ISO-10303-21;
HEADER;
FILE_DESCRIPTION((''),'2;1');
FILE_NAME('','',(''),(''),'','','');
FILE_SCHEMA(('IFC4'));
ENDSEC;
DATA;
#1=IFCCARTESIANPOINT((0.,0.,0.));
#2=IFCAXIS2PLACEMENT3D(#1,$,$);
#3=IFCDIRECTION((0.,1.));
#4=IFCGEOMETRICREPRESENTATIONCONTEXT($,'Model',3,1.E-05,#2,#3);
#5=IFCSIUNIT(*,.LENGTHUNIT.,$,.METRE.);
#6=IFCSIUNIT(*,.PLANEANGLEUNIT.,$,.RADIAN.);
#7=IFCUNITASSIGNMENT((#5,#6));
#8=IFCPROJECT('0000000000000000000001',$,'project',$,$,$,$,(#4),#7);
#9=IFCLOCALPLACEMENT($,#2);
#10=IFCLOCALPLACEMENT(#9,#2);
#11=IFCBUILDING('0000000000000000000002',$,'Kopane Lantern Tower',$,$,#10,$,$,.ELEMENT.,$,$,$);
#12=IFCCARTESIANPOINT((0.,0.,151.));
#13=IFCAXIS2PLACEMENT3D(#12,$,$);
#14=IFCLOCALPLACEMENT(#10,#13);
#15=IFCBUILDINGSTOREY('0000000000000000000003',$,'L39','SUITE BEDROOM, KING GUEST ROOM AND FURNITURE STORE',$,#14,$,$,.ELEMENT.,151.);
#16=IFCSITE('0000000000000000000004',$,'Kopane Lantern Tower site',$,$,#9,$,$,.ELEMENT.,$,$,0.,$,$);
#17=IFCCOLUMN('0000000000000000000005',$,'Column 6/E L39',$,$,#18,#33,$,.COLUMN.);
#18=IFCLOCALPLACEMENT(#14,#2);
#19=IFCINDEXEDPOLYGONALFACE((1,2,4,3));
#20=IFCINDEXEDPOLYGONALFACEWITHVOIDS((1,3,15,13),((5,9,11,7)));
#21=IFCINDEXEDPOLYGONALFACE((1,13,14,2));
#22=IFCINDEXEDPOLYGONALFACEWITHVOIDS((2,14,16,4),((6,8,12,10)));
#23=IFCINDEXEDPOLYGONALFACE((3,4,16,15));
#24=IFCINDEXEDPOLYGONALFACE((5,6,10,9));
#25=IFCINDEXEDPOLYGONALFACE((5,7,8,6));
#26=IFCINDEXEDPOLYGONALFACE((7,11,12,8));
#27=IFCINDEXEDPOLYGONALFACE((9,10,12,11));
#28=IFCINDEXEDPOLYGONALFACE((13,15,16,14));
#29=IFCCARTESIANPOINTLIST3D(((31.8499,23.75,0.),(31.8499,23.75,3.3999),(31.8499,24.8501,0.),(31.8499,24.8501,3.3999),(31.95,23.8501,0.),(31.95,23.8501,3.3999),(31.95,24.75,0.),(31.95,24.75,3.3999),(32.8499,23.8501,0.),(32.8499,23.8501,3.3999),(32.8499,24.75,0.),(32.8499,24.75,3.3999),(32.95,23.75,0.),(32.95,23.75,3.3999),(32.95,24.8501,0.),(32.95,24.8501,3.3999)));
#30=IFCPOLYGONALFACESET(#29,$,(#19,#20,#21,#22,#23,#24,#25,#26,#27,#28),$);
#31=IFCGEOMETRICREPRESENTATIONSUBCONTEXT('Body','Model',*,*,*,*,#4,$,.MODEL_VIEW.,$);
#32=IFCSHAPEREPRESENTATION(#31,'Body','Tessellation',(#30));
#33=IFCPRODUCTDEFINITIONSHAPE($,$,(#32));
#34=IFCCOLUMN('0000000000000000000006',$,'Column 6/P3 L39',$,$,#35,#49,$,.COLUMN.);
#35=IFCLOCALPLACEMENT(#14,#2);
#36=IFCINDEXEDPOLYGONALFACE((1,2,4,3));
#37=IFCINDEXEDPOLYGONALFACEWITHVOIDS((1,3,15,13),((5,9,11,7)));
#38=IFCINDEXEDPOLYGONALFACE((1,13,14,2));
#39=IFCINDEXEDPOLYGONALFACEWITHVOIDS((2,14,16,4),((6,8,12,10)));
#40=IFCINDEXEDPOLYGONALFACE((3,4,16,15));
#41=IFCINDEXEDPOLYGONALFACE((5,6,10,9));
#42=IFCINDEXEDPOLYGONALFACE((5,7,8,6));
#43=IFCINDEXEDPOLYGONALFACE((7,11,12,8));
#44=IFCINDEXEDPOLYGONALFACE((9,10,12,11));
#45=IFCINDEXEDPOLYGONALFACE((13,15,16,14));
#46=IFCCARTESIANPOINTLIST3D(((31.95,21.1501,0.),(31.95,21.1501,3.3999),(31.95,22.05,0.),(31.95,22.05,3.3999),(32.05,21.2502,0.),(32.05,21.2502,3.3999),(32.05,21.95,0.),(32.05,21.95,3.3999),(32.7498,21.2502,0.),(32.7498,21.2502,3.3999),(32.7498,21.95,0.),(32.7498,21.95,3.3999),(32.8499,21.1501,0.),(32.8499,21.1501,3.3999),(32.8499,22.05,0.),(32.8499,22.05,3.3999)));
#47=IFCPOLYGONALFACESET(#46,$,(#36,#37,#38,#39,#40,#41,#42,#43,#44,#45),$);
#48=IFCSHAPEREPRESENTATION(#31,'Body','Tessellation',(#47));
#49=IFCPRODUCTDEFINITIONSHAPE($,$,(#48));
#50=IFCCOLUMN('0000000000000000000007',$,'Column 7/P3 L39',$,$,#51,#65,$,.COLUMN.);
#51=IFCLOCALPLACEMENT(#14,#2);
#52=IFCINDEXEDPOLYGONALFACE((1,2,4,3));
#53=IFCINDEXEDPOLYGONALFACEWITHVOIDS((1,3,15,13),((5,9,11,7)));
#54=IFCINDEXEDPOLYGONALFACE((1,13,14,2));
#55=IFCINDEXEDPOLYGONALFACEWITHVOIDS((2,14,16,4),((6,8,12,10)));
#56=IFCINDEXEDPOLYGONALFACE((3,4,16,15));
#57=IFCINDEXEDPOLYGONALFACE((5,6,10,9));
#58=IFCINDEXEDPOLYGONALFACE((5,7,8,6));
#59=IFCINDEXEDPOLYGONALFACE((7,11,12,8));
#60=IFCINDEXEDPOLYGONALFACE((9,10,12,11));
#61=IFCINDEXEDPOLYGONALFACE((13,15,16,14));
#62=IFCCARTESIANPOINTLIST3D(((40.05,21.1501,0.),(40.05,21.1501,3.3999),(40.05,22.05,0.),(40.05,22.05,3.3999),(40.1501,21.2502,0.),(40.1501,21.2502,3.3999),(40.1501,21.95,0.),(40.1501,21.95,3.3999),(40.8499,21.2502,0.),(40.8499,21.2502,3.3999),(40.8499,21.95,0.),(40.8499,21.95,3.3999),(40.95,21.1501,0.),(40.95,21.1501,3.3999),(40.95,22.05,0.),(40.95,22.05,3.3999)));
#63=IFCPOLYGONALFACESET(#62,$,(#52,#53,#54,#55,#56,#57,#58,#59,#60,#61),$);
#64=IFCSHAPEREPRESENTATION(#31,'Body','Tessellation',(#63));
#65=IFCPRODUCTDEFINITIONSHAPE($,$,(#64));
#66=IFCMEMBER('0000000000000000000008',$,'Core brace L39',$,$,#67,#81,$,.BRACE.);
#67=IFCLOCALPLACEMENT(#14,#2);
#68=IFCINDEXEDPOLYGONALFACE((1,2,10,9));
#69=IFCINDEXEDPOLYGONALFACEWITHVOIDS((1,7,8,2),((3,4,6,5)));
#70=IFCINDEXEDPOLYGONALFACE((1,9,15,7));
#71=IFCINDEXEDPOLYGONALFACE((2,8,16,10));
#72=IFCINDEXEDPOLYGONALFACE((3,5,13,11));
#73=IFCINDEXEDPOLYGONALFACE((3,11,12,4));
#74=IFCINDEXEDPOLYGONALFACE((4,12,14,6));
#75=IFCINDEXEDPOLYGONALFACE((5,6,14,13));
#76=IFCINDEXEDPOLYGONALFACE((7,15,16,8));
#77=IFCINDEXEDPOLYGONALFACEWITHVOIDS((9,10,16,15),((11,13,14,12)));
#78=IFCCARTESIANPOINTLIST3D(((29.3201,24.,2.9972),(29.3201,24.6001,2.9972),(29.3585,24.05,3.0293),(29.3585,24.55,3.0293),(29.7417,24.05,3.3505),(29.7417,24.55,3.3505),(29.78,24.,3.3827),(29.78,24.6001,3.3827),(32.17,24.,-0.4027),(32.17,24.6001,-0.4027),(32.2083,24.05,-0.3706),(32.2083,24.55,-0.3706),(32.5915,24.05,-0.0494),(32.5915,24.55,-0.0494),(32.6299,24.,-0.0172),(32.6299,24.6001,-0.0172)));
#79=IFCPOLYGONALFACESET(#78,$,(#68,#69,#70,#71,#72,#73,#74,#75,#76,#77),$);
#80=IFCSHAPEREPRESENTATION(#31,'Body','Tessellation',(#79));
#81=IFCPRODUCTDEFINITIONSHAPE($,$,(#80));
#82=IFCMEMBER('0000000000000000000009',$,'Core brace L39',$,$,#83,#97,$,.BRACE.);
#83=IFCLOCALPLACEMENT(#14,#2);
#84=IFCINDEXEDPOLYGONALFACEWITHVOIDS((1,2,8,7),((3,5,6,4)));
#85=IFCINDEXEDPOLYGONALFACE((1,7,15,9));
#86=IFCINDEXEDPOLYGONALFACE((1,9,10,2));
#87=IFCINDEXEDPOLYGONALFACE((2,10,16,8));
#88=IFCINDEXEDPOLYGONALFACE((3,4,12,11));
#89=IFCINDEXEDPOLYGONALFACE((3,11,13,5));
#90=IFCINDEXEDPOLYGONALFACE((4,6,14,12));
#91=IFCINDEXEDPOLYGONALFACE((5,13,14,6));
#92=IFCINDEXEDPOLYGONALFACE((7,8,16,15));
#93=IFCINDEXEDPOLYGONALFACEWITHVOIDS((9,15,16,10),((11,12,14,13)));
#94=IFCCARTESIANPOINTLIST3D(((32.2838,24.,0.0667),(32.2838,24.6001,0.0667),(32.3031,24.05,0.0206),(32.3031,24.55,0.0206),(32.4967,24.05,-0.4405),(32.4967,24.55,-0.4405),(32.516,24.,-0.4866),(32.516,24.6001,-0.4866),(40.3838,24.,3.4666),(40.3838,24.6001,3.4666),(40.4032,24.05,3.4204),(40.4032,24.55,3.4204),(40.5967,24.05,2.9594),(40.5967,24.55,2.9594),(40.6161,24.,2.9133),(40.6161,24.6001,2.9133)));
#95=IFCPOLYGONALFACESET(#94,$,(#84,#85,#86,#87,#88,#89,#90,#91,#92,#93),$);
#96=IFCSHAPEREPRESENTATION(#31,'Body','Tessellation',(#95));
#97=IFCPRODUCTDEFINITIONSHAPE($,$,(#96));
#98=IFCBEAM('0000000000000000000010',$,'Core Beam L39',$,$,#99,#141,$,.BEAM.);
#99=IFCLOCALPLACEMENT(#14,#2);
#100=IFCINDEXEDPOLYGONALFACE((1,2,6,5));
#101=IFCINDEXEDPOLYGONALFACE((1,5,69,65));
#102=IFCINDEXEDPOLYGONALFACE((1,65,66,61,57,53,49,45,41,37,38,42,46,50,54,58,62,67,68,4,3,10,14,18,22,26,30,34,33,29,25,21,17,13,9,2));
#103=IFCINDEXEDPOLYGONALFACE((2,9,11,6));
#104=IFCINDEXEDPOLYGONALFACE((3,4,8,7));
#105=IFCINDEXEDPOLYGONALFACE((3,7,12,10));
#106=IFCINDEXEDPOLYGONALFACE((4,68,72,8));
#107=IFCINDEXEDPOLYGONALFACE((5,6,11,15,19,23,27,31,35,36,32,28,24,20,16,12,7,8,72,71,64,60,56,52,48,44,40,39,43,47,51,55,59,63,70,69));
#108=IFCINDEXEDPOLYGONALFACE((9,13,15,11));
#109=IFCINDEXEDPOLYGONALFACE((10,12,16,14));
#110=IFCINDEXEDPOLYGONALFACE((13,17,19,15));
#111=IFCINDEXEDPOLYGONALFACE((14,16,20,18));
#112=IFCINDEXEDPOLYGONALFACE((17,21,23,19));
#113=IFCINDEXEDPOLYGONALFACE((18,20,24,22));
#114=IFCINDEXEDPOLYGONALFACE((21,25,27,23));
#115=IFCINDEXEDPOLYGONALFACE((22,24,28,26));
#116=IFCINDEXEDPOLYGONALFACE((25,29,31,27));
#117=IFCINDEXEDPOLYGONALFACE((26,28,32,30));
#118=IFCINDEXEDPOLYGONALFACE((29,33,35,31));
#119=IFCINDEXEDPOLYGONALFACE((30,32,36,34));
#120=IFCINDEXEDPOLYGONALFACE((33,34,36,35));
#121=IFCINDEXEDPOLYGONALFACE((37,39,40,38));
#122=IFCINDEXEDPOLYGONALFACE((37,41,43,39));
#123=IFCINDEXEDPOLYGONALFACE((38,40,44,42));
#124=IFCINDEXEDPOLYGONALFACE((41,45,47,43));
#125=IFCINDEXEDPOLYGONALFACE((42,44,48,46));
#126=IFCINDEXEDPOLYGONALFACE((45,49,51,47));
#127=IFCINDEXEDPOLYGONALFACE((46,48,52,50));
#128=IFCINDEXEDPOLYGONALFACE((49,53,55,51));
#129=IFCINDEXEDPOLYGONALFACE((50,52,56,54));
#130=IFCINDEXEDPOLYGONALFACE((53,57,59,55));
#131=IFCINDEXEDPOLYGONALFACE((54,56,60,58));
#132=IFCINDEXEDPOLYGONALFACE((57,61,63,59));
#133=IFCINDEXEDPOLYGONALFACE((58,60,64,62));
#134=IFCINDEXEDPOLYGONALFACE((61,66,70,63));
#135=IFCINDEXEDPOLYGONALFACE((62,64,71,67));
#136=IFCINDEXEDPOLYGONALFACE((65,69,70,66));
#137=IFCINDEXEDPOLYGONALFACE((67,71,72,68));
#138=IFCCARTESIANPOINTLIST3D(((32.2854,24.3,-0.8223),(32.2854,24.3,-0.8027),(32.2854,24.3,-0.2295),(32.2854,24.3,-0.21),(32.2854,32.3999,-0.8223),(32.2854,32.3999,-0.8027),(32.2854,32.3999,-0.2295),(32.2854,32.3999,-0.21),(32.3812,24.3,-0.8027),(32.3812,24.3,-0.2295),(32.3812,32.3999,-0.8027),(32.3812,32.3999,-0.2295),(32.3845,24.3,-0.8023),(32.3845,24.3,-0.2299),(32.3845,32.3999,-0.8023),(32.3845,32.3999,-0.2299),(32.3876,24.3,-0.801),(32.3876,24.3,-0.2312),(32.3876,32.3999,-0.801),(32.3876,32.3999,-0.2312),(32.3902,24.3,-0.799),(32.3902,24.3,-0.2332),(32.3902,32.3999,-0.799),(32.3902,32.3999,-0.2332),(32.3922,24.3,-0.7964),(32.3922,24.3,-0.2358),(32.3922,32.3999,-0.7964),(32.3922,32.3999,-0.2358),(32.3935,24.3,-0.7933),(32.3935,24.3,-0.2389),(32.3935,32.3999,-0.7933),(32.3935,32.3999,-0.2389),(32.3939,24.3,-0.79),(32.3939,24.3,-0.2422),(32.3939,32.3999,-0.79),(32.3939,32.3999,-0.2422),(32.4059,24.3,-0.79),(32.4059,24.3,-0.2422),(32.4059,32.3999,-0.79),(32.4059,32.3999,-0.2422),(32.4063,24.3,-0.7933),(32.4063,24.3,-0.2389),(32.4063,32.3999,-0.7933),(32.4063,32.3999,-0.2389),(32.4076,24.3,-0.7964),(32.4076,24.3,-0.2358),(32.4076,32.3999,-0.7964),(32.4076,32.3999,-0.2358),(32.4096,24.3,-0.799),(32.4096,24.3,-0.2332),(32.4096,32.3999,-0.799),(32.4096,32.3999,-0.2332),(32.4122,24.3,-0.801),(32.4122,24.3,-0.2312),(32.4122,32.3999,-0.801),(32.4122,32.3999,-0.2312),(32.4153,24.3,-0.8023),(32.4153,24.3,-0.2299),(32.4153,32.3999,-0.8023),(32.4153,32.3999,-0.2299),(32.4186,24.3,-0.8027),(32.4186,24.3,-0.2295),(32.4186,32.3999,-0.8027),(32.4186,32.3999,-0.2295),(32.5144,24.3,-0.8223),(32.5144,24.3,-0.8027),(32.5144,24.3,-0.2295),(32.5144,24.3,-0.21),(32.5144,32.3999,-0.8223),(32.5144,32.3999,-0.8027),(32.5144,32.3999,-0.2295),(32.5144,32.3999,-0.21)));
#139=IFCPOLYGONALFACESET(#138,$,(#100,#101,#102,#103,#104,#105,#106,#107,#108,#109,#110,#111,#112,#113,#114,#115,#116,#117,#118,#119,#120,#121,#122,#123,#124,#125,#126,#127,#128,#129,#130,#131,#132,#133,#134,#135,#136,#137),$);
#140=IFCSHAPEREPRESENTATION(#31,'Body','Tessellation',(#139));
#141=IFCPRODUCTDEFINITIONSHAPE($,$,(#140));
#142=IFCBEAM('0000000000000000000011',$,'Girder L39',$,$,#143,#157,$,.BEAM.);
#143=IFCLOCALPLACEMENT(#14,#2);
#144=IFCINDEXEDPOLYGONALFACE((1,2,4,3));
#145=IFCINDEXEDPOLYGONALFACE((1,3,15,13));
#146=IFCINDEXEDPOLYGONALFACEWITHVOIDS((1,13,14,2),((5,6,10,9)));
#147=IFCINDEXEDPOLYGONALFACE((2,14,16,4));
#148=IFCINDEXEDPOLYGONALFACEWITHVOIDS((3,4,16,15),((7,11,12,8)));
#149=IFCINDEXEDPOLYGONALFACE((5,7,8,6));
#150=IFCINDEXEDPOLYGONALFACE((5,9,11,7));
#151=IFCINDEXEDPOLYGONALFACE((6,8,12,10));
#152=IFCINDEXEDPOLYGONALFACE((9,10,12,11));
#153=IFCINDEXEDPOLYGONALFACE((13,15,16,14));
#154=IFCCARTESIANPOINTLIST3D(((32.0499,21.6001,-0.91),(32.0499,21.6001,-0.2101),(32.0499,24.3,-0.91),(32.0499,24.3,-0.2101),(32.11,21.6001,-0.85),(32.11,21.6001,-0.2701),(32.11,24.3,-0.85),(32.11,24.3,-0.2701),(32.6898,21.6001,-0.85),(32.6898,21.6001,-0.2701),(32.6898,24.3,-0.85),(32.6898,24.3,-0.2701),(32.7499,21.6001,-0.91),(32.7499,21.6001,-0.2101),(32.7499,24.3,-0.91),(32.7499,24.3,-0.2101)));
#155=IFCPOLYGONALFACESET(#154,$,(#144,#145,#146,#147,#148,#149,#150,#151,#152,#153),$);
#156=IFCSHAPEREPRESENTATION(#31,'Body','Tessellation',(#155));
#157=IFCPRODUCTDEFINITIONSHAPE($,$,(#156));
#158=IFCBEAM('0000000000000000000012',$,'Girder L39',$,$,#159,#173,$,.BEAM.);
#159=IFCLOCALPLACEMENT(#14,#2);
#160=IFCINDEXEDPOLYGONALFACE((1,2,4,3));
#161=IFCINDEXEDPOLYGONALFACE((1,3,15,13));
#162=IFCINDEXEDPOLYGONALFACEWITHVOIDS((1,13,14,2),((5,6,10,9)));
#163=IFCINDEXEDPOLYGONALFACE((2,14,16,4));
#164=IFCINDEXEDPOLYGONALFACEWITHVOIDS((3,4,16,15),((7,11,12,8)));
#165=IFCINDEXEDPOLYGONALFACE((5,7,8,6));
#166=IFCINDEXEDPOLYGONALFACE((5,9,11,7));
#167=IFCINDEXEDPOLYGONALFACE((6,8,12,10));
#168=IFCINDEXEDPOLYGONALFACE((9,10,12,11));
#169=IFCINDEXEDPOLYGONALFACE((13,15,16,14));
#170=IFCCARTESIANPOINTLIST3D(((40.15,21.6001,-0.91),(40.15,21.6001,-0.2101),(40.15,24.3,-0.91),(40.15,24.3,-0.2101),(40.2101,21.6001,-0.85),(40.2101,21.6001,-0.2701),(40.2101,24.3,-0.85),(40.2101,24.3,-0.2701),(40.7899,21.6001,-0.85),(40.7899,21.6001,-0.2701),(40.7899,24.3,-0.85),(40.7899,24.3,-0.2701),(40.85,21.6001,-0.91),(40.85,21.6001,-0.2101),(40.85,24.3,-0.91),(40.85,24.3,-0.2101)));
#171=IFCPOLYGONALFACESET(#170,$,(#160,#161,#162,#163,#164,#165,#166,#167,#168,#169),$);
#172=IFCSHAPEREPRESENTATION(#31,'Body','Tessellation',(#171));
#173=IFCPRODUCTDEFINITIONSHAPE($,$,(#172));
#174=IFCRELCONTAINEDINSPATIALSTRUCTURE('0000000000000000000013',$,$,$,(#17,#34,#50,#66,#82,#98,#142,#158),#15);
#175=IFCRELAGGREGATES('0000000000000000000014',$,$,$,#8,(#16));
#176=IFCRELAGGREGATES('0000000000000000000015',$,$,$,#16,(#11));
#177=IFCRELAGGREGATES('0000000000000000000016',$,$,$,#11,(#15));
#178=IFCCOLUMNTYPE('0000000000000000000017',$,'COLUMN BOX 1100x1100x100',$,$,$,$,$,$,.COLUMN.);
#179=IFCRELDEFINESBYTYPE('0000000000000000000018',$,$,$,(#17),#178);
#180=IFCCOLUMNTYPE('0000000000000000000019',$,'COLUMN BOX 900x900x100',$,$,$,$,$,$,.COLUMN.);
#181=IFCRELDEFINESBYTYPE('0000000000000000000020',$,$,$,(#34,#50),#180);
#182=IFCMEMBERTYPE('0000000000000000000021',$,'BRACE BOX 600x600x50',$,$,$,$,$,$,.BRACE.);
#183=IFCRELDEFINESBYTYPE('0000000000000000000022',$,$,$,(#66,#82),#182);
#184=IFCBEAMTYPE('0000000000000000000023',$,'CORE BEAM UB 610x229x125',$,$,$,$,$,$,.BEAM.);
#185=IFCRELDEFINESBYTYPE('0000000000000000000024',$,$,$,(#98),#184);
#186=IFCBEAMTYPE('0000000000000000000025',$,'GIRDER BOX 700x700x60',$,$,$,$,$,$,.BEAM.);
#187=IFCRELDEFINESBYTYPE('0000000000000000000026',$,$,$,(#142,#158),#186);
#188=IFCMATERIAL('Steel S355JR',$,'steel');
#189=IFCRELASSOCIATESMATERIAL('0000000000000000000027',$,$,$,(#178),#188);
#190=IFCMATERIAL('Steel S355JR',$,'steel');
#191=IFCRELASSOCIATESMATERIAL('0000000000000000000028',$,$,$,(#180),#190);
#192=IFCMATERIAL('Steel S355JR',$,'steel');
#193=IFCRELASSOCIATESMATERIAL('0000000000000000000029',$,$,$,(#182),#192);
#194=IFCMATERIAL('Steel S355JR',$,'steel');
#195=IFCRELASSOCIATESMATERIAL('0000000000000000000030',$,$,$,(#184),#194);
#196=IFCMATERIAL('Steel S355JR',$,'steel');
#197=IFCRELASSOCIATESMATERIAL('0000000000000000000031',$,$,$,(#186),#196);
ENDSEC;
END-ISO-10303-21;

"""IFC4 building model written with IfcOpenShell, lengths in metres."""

from ifc_helpers import new_model, si_unit, direction, frame, origin, origin_2d, place, context, subcontext, project, spatial, hollow_rectangle, i_section, extrude, material, material_profile, profile_set, type_object, element, save


model = new_model("IFC4")

# Units and contexts
model_context = context("Model", 3, precision=1e-05, world=origin(), true_north=direction((0.0, 1.0)))
body_context = subcontext(model_context, "Body", "Model", "MODEL_VIEW")
ifc_project = project(units=[si_unit("LENGTHUNIT", "METRE"), si_unit("PLANEANGLEUNIT", "RADIAN")], contexts=[model_context])

# Site, building, storey
site_placement = place(None, origin())
site = spatial("IfcSite", under=ifc_project, at=site_placement, Name="Kopane Lantern Tower site", CompositionType="ELEMENT", RefElevation=0.0)
building_placement = place(site_placement, origin())
building = spatial("IfcBuilding", under=site, at=building_placement, Name="Kopane Lantern Tower", CompositionType="ELEMENT")
storey_placement = place(building_placement, frame((0.0, 0.0, 151.0)))
storey = spatial("IfcBuildingStorey", under=building, at=storey_placement, Name="L39", Description="SUITE BEDROOM, KING GUEST ROOM AND FURNITURE STORE", CompositionType="ELEMENT", Elevation=151.0)

# Columns
ifc_material_1 = material(Name="Steel S355JR", Category="steel")
ifc_material_profile_1 = material_profile(ifc_material_1, hollow_rectangle(XDim=1.1001, YDim=1.1001, WallThickness=0.1001, at=origin_2d()), Name="BOX 1100x1100x100")
ifc_profile_set_1 = profile_set([ifc_material_profile_1], Name="Steel S355JR")
column_type_1 = type_object("IfcColumnType", Name="COLUMN BOX 1100x1100x100", PredefinedType="COLUMN", material=ifc_profile_set_1)
column_placement = place(storey_placement, frame((32.3999, 24.3, 0.0), z_axis=(0.0, 0.0, 1.0), x_axis=(1.0, 0.0, 0.0)))
element("IfcColumn", 1, at=column_placement, inside=storey, type_object=column_type_1, Name="Column 6/E L39", PredefinedType="COLUMN", context=body_context, shape_type="SweptSolid", body=[
    extrude(hollow_rectangle(XDim=1.1001, YDim=1.1001, WallThickness=0.1001, at=origin_2d()), origin(), (0.0, 0.0, 1.0), 3.3999),
])
ifc_material_2 = material(Name="Steel S355JR", Category="steel")
ifc_material_profile_2 = material_profile(ifc_material_2, hollow_rectangle(XDim=0.8999, YDim=0.8999, WallThickness=0.1001, at=origin_2d()), Name="BOX 900x900x100")
ifc_profile_set_2 = profile_set([ifc_material_profile_2], Name="Steel S355JR")
column_type_2 = type_object("IfcColumnType", Name="COLUMN BOX 900x900x100", PredefinedType="COLUMN", material=ifc_profile_set_2)
for number, where, z_axis, x_axis, name in (
    (2, (32.3999, 21.6001, 0.0), (0.0, 0.0, 1.0), (1.0, 0.0, 0.0), "Column 6/P3 L39"),
    (3, (40.5, 21.6001, 0.0), (0.0, 0.0, 1.0), (1.0, 0.0, 0.0), "Column 7/P3 L39"),
):
    element("IfcColumn", number, at=place(storey_placement, frame(where, z_axis=z_axis, x_axis=x_axis)), inside=storey, type_object=column_type_2, Name=name, PredefinedType="COLUMN", context=body_context, shape_type="SweptSolid", body=[
        extrude(hollow_rectangle(XDim=0.8999, YDim=0.8999, WallThickness=0.1001, at=origin_2d()), origin(), (0.0, 0.0, 1.0), 3.3999),
    ])

# Members
ifc_material_3 = material(Name="Steel S355JR", Category="steel")
ifc_material_profile_3 = material_profile(ifc_material_3, hollow_rectangle(XDim=0.6001, YDim=0.6001, WallThickness=0.05, at=origin_2d()), Name="BOX 600x600x50")
ifc_profile_set_3 = profile_set([ifc_material_profile_3], Name="Steel S355JR")
member_type = type_object("IfcMemberType", Name="BRACE BOX 600x600x50", PredefinedType="BRACE", material=ifc_profile_set_3)
member_1_placement = place(storey_placement, frame((32.3999, 24.3, -0.21), z_axis=(-0.64239, 0.0, 0.766378), x_axis=(0.0, -1.0, 0.0)))
element("IfcMember", 4, at=member_1_placement, inside=storey, type_object=member_type, Name="Core brace L39", PredefinedType="BRACE", context=body_context, shape_type="SweptSolid", body=[
    extrude(hollow_rectangle(XDim=0.6001, YDim=0.6001, WallThickness=0.05, at=origin_2d()), origin(), (0.0, 0.0, 1.0), 4.4363),
])
member_2_placement = place(storey_placement, frame((32.3999, 24.3, -0.21), z_axis=(0.922069, 0.0, 0.387026), x_axis=(0.0, 1.0, 0.0)))
element("IfcMember", 5, at=member_2_placement, inside=storey, type_object=member_type, Name="Core brace L39", PredefinedType="BRACE", context=body_context, shape_type="SweptSolid", body=[
    extrude(hollow_rectangle(XDim=0.6001, YDim=0.6001, WallThickness=0.05, at=origin_2d()), origin(), (0.0, 0.0, 1.0), 8.7847),
])

# Beams
ifc_material_4 = material(Name="Steel S355JR", Category="steel")
ifc_material_profile_4 = material_profile(ifc_material_4, i_section(OverallWidth=0.229, OverallDepth=0.6123, WebThickness=0.012, FlangeThickness=0.0195, FilletRadius=0.0127, at=origin_2d()), Name="UB 610x229x125")
ifc_profile_set_4 = profile_set([ifc_material_profile_4], Name="Steel S355JR")
beam_type_1 = type_object("IfcBeamType", Name="CORE BEAM UB 610x229x125", PredefinedType="BEAM", material=ifc_profile_set_4)
beam_placement = place(storey_placement, frame((32.3999, 24.3, -0.5161), z_axis=(0.0, 1.0, 0.0), x_axis=(-1.0, 0.0, 0.0)))
element("IfcBeam", 6, at=beam_placement, inside=storey, type_object=beam_type_1, Name="Core Beam L39", PredefinedType="BEAM", context=body_context, shape_type="SweptSolid", body=[
    extrude(i_section(OverallWidth=0.229, OverallDepth=0.6123, WebThickness=0.012, FlangeThickness=0.0195, FilletRadius=0.0127, at=origin_2d()), origin(), (0.0, 0.0, 1.0), 8.0999),
])
ifc_material_5 = material(Name="Steel S355JR", Category="steel")
ifc_material_profile_5 = material_profile(ifc_material_5, hollow_rectangle(XDim=0.7, YDim=0.7, WallThickness=0.0601, at=origin_2d()), Name="BOX 700x700x60")
ifc_profile_set_5 = profile_set([ifc_material_profile_5], Name="Steel S355JR")
beam_type_2 = type_object("IfcBeamType", Name="GIRDER BOX 700x700x60", PredefinedType="BEAM", material=ifc_profile_set_5)
for number, where, z_axis, x_axis, name in (
    (7, (32.3999, 21.6001, -0.5601), (0.0, 1.0, 0.0), (-1.0, 0.0, 0.0), "Girder L39"),
    (8, (40.5, 21.6001, -0.5601), (0.0, 1.0, 0.0), (-1.0, 0.0, 0.0), "Girder L39"),
):
    element("IfcBeam", number, at=place(storey_placement, frame(where, z_axis=z_axis, x_axis=x_axis)), inside=storey, type_object=beam_type_2, Name=name, PredefinedType="BEAM", context=body_context, shape_type="SweptSolid", body=[
        extrude(hollow_rectangle(XDim=0.7, YDim=0.7, WallThickness=0.0601, at=origin_2d()), origin(), (0.0, 0.0, 1.0), 2.7),
    ])

save(model, "model.ifc")
